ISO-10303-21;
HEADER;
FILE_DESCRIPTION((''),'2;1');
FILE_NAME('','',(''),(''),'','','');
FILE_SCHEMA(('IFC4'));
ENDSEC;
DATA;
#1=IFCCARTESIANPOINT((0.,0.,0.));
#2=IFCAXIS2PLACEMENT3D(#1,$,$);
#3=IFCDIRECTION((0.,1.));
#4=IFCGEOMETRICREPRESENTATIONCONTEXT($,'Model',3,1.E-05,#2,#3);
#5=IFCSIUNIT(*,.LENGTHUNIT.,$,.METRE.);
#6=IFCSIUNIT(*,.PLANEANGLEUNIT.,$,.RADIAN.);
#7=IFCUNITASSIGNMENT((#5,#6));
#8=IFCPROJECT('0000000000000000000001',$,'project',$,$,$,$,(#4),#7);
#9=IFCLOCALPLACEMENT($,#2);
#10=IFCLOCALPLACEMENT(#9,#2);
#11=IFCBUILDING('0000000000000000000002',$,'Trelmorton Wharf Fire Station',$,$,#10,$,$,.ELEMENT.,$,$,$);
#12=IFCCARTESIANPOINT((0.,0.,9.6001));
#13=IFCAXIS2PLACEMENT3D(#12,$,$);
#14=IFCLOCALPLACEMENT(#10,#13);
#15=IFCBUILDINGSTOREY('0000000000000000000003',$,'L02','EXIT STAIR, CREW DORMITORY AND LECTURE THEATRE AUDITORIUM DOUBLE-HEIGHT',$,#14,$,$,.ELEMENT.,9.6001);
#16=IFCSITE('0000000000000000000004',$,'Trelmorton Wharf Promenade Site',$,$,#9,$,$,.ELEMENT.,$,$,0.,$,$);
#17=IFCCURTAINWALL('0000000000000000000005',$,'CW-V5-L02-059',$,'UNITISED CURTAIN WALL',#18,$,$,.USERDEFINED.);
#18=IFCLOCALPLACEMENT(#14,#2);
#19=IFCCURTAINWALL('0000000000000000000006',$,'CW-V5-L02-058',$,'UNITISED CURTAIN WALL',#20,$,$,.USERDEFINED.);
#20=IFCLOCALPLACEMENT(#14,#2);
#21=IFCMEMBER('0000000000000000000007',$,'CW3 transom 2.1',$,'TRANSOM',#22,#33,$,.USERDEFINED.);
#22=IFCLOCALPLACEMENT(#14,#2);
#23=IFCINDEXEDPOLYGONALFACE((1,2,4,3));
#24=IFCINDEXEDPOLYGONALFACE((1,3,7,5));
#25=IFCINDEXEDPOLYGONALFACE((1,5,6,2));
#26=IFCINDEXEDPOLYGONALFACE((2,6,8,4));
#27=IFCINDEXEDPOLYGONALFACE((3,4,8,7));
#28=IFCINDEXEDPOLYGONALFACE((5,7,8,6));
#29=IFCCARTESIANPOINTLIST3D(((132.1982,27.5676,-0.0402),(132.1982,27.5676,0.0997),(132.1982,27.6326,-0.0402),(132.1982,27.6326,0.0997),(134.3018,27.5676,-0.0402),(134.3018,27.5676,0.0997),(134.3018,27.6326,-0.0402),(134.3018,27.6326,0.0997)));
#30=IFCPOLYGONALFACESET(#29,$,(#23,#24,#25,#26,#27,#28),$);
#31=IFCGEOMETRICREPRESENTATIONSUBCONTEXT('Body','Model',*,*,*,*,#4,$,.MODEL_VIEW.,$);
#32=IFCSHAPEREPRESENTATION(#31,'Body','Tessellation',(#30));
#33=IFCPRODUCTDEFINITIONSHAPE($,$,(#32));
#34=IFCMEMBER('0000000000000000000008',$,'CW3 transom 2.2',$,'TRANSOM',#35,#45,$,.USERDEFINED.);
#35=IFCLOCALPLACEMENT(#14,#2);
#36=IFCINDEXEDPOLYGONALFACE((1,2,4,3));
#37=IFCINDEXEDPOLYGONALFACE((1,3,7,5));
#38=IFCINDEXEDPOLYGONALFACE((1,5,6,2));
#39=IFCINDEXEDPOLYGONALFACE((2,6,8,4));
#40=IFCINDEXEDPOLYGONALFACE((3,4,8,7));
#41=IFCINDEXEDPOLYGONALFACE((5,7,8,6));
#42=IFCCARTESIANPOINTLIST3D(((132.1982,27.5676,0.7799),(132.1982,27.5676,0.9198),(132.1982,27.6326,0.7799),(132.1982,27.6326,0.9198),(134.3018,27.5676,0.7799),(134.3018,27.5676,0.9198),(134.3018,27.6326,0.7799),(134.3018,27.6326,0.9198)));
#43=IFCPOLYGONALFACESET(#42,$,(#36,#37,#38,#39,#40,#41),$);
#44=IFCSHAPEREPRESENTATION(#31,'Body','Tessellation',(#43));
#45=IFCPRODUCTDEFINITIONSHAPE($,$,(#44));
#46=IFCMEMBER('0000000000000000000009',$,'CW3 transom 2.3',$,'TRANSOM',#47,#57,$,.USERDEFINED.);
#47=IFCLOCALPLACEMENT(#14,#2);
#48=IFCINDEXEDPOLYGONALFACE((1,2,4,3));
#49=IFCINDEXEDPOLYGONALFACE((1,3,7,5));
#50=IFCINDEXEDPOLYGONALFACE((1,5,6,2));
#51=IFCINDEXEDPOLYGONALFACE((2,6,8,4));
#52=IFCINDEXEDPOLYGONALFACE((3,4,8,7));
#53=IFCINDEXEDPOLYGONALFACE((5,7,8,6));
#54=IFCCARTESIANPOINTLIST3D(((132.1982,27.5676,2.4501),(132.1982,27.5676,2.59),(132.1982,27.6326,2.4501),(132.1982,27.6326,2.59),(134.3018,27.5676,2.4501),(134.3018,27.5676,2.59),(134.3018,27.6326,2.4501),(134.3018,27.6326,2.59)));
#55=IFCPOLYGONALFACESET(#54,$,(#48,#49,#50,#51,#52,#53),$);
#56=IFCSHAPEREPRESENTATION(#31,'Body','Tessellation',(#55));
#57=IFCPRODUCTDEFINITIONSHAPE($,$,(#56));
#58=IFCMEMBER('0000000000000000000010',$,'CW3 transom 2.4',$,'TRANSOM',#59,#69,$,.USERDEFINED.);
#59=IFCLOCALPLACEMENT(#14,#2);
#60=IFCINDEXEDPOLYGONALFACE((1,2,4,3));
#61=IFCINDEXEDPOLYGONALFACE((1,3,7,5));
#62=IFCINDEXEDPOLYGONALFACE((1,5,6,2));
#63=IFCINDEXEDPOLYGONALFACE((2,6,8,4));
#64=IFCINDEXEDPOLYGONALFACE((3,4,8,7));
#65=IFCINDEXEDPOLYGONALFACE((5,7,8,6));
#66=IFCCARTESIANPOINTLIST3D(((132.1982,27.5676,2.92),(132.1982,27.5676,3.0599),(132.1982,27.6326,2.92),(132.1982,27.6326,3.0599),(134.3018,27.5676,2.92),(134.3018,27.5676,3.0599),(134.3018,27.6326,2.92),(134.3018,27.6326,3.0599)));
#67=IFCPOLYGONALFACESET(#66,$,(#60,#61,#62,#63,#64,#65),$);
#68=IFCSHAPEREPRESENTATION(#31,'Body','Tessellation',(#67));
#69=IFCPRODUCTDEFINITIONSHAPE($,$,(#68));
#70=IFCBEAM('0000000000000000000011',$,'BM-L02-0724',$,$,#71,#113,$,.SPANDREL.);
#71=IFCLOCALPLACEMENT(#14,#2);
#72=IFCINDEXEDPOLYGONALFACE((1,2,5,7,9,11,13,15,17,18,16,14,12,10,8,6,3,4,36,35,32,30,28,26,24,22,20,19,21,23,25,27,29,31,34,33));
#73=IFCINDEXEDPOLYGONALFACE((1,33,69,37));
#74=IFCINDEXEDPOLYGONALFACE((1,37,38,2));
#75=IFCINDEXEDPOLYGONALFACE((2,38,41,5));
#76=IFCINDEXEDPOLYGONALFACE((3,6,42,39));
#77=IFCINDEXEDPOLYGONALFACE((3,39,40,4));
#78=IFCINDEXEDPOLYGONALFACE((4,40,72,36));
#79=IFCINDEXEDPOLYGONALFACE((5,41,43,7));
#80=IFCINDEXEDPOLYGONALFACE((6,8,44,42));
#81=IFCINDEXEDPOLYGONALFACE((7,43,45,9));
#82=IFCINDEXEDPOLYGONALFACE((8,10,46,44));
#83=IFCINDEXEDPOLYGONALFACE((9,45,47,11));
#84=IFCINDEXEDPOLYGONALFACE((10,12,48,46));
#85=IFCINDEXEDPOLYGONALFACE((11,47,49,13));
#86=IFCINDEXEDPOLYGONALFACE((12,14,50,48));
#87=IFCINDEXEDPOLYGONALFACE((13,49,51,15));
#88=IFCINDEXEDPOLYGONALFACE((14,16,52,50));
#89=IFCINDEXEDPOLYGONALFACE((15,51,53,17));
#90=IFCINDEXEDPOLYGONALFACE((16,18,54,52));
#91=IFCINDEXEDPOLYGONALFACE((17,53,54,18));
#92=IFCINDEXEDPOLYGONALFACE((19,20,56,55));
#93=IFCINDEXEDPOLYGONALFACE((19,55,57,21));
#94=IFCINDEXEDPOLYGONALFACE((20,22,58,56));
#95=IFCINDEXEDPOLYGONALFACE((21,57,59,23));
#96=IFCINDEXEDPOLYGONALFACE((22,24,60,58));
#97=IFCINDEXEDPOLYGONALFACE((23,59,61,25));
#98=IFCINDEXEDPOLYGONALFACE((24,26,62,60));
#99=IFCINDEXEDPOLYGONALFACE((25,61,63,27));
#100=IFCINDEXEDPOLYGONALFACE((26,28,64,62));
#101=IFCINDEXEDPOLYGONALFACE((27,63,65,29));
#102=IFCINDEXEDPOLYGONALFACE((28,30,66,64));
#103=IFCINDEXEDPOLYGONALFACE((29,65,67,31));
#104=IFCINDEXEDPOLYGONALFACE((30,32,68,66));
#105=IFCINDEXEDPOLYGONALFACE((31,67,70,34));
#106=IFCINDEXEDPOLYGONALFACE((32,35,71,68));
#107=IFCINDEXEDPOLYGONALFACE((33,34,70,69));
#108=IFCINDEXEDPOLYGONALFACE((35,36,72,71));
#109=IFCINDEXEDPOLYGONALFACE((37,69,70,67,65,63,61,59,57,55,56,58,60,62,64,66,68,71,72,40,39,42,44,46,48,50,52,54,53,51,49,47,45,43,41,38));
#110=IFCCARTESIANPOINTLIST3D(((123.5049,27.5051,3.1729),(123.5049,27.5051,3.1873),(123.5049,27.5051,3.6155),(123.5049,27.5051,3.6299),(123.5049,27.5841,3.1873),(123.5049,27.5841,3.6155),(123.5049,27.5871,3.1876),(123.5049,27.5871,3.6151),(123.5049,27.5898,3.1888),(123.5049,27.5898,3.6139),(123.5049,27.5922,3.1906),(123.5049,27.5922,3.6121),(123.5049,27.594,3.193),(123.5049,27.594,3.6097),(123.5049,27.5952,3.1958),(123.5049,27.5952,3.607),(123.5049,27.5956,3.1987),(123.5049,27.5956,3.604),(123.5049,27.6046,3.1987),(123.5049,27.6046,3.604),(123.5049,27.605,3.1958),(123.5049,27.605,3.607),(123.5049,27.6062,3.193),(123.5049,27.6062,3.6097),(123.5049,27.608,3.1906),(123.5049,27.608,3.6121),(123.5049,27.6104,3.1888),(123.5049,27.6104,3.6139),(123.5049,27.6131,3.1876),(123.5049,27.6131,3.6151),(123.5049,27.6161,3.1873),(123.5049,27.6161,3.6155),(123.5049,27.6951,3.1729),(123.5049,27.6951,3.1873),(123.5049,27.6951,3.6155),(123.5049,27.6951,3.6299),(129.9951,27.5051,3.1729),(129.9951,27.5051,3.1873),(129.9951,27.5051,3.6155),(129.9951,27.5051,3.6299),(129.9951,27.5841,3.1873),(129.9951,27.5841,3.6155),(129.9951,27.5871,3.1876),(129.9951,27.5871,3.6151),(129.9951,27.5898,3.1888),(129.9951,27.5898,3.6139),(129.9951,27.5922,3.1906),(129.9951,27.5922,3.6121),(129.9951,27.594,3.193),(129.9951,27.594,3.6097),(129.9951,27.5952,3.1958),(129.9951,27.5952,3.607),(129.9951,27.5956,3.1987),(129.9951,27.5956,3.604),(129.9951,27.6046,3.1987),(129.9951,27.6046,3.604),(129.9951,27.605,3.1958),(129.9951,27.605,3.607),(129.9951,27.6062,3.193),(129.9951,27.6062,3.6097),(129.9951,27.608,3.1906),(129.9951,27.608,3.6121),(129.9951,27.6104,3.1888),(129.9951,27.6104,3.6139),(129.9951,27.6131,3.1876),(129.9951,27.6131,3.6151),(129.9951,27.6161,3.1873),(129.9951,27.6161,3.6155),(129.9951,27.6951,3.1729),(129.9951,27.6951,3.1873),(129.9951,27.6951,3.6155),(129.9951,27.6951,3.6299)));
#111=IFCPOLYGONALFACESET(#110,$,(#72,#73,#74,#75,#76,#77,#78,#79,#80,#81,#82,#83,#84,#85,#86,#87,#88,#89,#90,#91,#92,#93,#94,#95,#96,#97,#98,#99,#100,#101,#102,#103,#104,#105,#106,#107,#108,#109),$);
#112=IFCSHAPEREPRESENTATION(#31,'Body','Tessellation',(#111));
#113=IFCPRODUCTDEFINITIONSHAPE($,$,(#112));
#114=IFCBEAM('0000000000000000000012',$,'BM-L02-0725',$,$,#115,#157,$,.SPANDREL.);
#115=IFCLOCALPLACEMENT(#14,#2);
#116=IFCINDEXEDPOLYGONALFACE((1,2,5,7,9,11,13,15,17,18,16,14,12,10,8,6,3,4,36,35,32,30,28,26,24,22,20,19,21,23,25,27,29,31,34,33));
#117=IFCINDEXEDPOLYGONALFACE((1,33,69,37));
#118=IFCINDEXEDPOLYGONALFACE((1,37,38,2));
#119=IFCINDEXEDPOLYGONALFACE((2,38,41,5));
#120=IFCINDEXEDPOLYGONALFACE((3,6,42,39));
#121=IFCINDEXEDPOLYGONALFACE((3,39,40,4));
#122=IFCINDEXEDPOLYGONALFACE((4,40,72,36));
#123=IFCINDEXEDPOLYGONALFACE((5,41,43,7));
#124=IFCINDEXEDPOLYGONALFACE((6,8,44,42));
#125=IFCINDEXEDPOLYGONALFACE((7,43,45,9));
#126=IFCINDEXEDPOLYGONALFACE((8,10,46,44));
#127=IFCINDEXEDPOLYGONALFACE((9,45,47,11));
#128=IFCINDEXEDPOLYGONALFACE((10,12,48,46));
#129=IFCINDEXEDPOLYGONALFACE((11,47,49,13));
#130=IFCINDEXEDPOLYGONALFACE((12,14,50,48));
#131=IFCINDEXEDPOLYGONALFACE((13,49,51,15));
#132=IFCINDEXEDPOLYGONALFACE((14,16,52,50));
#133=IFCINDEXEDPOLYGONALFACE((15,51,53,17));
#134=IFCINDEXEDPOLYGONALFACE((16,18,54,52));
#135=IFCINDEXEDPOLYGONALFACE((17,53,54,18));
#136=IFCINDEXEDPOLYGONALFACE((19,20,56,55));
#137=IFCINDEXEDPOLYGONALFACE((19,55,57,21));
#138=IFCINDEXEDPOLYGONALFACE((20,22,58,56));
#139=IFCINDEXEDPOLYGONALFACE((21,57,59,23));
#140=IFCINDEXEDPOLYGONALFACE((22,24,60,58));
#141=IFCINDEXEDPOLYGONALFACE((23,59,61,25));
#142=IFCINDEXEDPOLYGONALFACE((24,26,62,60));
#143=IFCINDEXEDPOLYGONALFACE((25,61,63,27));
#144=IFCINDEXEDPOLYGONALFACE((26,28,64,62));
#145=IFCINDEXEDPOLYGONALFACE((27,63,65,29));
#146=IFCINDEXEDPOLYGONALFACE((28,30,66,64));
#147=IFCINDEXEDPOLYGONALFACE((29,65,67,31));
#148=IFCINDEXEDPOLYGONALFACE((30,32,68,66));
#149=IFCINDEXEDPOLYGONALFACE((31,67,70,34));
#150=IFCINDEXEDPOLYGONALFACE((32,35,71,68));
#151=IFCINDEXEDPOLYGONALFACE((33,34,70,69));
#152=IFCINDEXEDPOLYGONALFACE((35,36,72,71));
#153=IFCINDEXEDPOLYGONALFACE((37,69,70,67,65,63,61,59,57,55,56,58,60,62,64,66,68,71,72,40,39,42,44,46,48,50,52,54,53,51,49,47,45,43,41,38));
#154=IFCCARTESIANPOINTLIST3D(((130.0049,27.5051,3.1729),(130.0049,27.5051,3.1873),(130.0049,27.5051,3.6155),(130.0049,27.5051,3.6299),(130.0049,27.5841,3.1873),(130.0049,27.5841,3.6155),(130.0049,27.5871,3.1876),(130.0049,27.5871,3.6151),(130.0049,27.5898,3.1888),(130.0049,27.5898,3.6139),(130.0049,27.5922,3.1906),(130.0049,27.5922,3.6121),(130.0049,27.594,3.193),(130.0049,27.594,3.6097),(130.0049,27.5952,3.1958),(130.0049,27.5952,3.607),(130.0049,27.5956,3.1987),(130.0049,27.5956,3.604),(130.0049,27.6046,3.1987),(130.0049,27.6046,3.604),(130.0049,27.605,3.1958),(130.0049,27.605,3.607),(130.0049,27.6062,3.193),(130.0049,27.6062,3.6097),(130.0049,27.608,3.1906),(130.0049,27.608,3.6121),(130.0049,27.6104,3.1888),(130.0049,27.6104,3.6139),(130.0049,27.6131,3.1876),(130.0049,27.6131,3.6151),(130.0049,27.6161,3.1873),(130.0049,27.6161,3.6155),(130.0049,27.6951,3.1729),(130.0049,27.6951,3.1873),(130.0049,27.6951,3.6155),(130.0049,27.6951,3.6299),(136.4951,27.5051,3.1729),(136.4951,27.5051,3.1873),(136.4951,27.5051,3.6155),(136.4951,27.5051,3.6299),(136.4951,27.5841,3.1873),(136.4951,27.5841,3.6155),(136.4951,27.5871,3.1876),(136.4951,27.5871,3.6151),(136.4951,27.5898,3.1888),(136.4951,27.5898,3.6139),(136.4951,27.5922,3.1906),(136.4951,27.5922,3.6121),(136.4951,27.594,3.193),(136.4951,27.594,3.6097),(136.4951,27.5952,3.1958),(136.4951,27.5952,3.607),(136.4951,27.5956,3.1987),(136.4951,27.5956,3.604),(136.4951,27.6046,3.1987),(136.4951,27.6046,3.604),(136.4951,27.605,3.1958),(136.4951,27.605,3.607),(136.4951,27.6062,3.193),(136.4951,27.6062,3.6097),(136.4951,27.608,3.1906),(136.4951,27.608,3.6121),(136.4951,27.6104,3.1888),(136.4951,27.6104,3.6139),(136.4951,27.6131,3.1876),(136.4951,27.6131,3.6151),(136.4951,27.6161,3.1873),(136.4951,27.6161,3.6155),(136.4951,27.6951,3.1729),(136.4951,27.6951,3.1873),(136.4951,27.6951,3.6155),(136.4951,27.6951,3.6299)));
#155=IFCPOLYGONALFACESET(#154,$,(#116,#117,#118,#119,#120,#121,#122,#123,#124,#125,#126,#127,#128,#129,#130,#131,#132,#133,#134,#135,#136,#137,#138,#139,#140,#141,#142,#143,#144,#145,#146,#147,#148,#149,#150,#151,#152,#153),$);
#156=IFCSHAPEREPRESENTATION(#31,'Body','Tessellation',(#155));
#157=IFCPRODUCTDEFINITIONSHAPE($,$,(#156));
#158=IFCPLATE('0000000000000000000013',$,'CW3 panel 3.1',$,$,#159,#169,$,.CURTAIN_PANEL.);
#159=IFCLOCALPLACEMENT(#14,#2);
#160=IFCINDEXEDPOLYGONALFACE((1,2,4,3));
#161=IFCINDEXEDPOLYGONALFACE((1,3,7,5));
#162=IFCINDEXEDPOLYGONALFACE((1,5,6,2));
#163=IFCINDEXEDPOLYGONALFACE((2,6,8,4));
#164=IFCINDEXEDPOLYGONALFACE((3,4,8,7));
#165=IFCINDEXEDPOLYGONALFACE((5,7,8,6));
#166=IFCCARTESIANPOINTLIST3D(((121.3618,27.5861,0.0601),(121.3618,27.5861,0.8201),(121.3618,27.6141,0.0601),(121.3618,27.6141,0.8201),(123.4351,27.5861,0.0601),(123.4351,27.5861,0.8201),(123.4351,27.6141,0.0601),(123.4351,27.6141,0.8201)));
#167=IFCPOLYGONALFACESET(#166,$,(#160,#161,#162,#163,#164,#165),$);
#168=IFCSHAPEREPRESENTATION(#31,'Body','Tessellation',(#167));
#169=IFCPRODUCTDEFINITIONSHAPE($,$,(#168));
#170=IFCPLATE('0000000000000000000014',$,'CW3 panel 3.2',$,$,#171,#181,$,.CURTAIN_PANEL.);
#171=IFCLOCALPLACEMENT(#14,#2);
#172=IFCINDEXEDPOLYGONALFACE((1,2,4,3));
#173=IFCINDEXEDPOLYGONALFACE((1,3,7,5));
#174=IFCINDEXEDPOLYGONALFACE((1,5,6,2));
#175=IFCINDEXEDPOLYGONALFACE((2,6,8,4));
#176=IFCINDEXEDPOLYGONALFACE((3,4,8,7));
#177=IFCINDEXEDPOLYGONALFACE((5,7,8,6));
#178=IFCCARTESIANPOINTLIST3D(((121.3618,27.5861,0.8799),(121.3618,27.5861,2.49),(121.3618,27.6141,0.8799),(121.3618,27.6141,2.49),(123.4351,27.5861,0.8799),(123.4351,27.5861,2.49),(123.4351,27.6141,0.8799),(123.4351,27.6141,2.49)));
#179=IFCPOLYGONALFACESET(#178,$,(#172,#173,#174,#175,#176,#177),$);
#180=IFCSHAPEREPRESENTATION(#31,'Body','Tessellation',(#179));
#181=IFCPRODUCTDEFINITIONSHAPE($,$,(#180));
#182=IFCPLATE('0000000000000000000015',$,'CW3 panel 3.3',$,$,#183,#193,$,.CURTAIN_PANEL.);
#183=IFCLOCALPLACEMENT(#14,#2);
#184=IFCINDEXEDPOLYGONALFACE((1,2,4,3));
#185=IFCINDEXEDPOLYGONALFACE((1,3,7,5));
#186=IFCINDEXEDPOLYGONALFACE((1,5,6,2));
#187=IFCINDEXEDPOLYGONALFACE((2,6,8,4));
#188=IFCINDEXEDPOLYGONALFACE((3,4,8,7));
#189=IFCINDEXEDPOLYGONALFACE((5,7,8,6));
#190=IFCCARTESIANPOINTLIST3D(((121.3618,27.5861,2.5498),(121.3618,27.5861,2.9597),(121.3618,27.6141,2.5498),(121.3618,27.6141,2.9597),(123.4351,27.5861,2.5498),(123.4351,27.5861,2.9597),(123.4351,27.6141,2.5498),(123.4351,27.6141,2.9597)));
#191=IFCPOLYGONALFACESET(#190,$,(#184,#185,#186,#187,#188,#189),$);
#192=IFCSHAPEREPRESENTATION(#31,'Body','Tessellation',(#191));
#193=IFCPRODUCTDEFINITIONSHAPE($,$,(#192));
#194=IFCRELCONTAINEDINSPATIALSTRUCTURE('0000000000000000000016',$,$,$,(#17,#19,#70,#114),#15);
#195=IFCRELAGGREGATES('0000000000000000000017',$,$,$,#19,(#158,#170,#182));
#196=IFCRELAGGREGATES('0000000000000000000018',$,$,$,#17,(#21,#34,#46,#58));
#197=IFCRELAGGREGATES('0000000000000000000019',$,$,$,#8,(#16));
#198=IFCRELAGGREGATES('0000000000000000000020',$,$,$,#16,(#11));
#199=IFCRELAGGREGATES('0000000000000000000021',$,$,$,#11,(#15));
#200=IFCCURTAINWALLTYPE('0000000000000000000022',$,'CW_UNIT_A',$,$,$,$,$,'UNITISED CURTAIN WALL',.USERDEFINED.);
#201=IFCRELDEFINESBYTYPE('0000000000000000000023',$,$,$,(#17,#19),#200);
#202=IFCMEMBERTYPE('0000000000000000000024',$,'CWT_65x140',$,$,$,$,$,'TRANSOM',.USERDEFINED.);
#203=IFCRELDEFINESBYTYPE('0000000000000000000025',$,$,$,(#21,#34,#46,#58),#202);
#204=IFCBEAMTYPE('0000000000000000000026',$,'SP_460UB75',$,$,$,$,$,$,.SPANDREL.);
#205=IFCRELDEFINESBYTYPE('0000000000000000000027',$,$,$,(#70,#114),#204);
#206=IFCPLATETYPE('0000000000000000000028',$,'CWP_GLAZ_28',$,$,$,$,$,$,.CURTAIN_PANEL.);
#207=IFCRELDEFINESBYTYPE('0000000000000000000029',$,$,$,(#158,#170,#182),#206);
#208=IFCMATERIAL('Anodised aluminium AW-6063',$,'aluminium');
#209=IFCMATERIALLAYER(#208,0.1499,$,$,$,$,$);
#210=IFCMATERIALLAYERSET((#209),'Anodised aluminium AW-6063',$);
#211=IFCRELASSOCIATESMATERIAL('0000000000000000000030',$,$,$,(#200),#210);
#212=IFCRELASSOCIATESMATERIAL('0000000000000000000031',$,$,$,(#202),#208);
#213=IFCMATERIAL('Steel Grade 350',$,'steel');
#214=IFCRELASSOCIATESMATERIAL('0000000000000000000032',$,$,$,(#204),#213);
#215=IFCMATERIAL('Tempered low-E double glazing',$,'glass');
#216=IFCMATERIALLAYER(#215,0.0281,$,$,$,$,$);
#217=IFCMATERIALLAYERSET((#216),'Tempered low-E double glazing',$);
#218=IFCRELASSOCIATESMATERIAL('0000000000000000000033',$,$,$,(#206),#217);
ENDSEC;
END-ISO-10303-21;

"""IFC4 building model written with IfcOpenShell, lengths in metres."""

from ifc_helpers import new_model, si_unit, direction, frame, origin, origin_2d, place, context, subcontext, project, spatial, rectangle, i_section, extrude, material, layer, layer_set, material_profile, profile_set, type_object, element, aggregate, save


model = new_model("IFC4")

# Units and contexts
model_context = context("Model", 3, precision=1e-05, world=origin(), true_north=direction((0.0, 1.0)))
body_context = subcontext(model_context, "Body", "Model", "MODEL_VIEW")
ifc_project = project(units=[si_unit("LENGTHUNIT", "METRE"), si_unit("PLANEANGLEUNIT", "RADIAN")], contexts=[model_context])

# Site, building, storey
site_placement = place(None, origin())
site = spatial("IfcSite", under=ifc_project, at=site_placement, Name="Trelmorton Wharf Promenade Site", CompositionType="ELEMENT", RefElevation=0.0)
building_placement = place(site_placement, origin())
building = spatial("IfcBuilding", under=site, at=building_placement, Name="Trelmorton Wharf Fire Station", CompositionType="ELEMENT")
storey_placement = place(building_placement, frame((0.0, 0.0, 9.6001)))
storey = spatial("IfcBuildingStorey", under=building, at=storey_placement, Name="L02", Description="EXIT STAIR, CREW DORMITORY AND LECTURE THEATRE AUDITORIUM DOUBLE-HEIGHT", CompositionType="ELEMENT", Elevation=9.6001)

# Shared definitions
ifc_material_1 = material(Name="Steel Grade 350", Category="steel")

# Curtain wall
ifc_material_2 = material(Name="Anodised aluminium AW-6063", Category="aluminium")
ifc_layer_1 = layer(ifc_material_2, 0.1499)
ifc_layer_set_1 = layer_set([ifc_layer_1], Name="Anodised aluminium AW-6063")
curtain_wall_type = type_object("IfcCurtainWallType", Name="CW_UNIT_A", ElementType="UNITISED CURTAIN WALL", PredefinedType="USERDEFINED", material=ifc_layer_set_1)
curtain_wall_1_placement = place(storey_placement, origin())
curtain_wall_1 = element("IfcCurtainWall", 1, at=curtain_wall_1_placement, inside=storey, type_object=curtain_wall_type, Name="CW-V5-L02-059", ObjectType="UNITISED CURTAIN WALL", PredefinedType="USERDEFINED")

# Curtain wall
curtain_wall_2_placement = place(storey_placement, origin())
curtain_wall_2 = element("IfcCurtainWall", 2, at=curtain_wall_2_placement, inside=storey, type_object=curtain_wall_type, Name="CW-V5-L02-058", ObjectType="UNITISED CURTAIN WALL", PredefinedType="USERDEFINED")

# Members
ifc_material_profile_1 = material_profile(ifc_material_2, rectangle(XDim=0.0649, YDim=0.1399, at=origin_2d()), Name="ALU-65x140")
ifc_profile_set_1 = profile_set([ifc_material_profile_1], Name="Anodised aluminium AW-6063")
member_type_1 = type_object("IfcMemberType", Name="CWT_65x140", ElementType="TRANSOM", PredefinedType="USERDEFINED", material=ifc_profile_set_1)
member_1_placement = place(storey_placement, frame((132.1982, 27.6001, 0.0298), z_axis=(1.0, 0.0, 0.0), x_axis=(0.0, 1.0, 0.0)))
member_1 = element("IfcMember", 3, at=member_1_placement, type_object=member_type_1, Name="CW3 transom 2.1", ObjectType="TRANSOM", PredefinedType="USERDEFINED", context=body_context, shape_type="SweptSolid", body=[
    extrude(rectangle(XDim=0.0649, YDim=0.1399, at=origin_2d()), origin(), (0.0, 0.0, 1.0), 2.1035),
])
member_2_placement = place(storey_placement, frame((132.1982, 27.6001, 0.8499), z_axis=(1.0, 0.0, 0.0), x_axis=(0.0, 1.0, 0.0)))
member_2 = element("IfcMember", 4, at=member_2_placement, type_object=member_type_1, Name="CW3 transom 2.2", ObjectType="TRANSOM", PredefinedType="USERDEFINED", context=body_context, shape_type="SweptSolid", body=[
    extrude(rectangle(XDim=0.0649, YDim=0.1399, at=origin_2d()), origin(), (0.0, 0.0, 1.0), 2.1035),
])
member_3_placement = place(storey_placement, frame((132.1982, 27.6001, 2.52), z_axis=(1.0, 0.0, 0.0), x_axis=(0.0, 1.0, 0.0)))
member_3 = element("IfcMember", 5, at=member_3_placement, type_object=member_type_1, Name="CW3 transom 2.3", ObjectType="TRANSOM", PredefinedType="USERDEFINED", context=body_context, shape_type="SweptSolid", body=[
    extrude(rectangle(XDim=0.0649, YDim=0.1399, at=origin_2d()), origin(), (0.0, 0.0, 1.0), 2.1035),
])
member_4_placement = place(storey_placement, frame((132.1982, 27.6001, 2.99), z_axis=(1.0, 0.0, 0.0), x_axis=(0.0, 1.0, 0.0)))
member_4 = element("IfcMember", 6, at=member_4_placement, type_object=member_type_1, Name="CW3 transom 2.4", ObjectType="TRANSOM", PredefinedType="USERDEFINED", context=body_context, shape_type="SweptSolid", body=[
    extrude(rectangle(XDim=0.0649, YDim=0.1399, at=origin_2d()), origin(), (0.0, 0.0, 1.0), 2.1035),
])

# Beams
ifc_material_profile_2 = material_profile(ifc_material_1, i_section(OverallWidth=0.1899, OverallDepth=0.457, WebThickness=0.009, FlangeThickness=0.0144, FilletRadius=0.0115, at=origin_2d()), Name="460UB74.6")
ifc_profile_set_2 = profile_set([ifc_material_profile_2], Name="Steel Grade 350")
beam_type = type_object("IfcBeamType", Name="SP_460UB75", PredefinedType="SPANDREL", material=ifc_profile_set_2)
for number, where, z_axis, x_axis, name in (
    (7, (123.5049, 27.6001, 3.4014), (1.0, 0.0, 0.0), (0.0, 1.0, 0.0), "BM-L02-0724"),
    (8, (130.0049, 27.6001, 3.4014), (1.0, 0.0, 0.0), (0.0, 1.0, 0.0), "BM-L02-0725"),
):
    element("IfcBeam", number, at=place(storey_placement, frame(where, z_axis=z_axis, x_axis=x_axis)), inside=storey, type_object=beam_type, Name=name, PredefinedType="SPANDREL", context=body_context, shape_type="SweptSolid", body=[
        extrude(i_section(OverallWidth=0.1899, OverallDepth=0.457, WebThickness=0.009, FlangeThickness=0.0144, FilletRadius=0.0115, at=origin_2d()), origin(), (0.0, 0.0, 1.0), 6.4902),
    ])

# Plates
ifc_material_3 = material(Name="Tempered low-E double glazing", Category="glass")
ifc_layer_2 = layer(ifc_material_3, 0.0281)
ifc_layer_set_2 = layer_set([ifc_layer_2], Name="Tempered low-E double glazing")
plate_type = type_object("IfcPlateType", Name="CWP_GLAZ_28", PredefinedType="CURTAIN_PANEL", material=ifc_layer_set_2)
plate_1_placement = place(storey_placement, frame((122.3984, 27.6001, 0.0601), z_axis=(0.0, 0.0, 1.0), x_axis=(1.0, 0.0, 0.0)))
plate_1 = element("IfcPlate", 9, at=plate_1_placement, type_object=plate_type, Name="CW3 panel 3.1", PredefinedType="CURTAIN_PANEL", context=body_context, shape_type="SweptSolid", body=[
    extrude(rectangle(XDim=2.0732, YDim=0.0281, at=origin_2d()), origin(), (0.0, 0.0, 1.0), 0.76),
])
plate_2_placement = place(storey_placement, frame((122.3984, 27.6001, 0.8799), z_axis=(0.0, 0.0, 1.0), x_axis=(1.0, 0.0, 0.0)))
plate_2 = element("IfcPlate", 10, at=plate_2_placement, type_object=plate_type, Name="CW3 panel 3.2", PredefinedType="CURTAIN_PANEL", context=body_context, shape_type="SweptSolid", body=[
    extrude(rectangle(XDim=2.0732, YDim=0.0281, at=origin_2d()), origin(), (0.0, 0.0, 1.0), 1.6101),
])
plate_3_placement = place(storey_placement, frame((122.3984, 27.6001, 2.5498), z_axis=(0.0, 0.0, 1.0), x_axis=(1.0, 0.0, 0.0)))
plate_3 = element("IfcPlate", 11, at=plate_3_placement, type_object=plate_type, Name="CW3 panel 3.3", PredefinedType="CURTAIN_PANEL", context=body_context, shape_type="SweptSolid", body=[
    extrude(rectangle(XDim=2.0732, YDim=0.0281, at=origin_2d()), origin(), (0.0, 0.0, 1.0), 0.4099),
])
aggregate(curtain_wall_2, [plate_1, plate_2, plate_3])
aggregate(curtain_wall_1, [member_1, member_2, member_3, member_4])

save(model, "model.ifc")
